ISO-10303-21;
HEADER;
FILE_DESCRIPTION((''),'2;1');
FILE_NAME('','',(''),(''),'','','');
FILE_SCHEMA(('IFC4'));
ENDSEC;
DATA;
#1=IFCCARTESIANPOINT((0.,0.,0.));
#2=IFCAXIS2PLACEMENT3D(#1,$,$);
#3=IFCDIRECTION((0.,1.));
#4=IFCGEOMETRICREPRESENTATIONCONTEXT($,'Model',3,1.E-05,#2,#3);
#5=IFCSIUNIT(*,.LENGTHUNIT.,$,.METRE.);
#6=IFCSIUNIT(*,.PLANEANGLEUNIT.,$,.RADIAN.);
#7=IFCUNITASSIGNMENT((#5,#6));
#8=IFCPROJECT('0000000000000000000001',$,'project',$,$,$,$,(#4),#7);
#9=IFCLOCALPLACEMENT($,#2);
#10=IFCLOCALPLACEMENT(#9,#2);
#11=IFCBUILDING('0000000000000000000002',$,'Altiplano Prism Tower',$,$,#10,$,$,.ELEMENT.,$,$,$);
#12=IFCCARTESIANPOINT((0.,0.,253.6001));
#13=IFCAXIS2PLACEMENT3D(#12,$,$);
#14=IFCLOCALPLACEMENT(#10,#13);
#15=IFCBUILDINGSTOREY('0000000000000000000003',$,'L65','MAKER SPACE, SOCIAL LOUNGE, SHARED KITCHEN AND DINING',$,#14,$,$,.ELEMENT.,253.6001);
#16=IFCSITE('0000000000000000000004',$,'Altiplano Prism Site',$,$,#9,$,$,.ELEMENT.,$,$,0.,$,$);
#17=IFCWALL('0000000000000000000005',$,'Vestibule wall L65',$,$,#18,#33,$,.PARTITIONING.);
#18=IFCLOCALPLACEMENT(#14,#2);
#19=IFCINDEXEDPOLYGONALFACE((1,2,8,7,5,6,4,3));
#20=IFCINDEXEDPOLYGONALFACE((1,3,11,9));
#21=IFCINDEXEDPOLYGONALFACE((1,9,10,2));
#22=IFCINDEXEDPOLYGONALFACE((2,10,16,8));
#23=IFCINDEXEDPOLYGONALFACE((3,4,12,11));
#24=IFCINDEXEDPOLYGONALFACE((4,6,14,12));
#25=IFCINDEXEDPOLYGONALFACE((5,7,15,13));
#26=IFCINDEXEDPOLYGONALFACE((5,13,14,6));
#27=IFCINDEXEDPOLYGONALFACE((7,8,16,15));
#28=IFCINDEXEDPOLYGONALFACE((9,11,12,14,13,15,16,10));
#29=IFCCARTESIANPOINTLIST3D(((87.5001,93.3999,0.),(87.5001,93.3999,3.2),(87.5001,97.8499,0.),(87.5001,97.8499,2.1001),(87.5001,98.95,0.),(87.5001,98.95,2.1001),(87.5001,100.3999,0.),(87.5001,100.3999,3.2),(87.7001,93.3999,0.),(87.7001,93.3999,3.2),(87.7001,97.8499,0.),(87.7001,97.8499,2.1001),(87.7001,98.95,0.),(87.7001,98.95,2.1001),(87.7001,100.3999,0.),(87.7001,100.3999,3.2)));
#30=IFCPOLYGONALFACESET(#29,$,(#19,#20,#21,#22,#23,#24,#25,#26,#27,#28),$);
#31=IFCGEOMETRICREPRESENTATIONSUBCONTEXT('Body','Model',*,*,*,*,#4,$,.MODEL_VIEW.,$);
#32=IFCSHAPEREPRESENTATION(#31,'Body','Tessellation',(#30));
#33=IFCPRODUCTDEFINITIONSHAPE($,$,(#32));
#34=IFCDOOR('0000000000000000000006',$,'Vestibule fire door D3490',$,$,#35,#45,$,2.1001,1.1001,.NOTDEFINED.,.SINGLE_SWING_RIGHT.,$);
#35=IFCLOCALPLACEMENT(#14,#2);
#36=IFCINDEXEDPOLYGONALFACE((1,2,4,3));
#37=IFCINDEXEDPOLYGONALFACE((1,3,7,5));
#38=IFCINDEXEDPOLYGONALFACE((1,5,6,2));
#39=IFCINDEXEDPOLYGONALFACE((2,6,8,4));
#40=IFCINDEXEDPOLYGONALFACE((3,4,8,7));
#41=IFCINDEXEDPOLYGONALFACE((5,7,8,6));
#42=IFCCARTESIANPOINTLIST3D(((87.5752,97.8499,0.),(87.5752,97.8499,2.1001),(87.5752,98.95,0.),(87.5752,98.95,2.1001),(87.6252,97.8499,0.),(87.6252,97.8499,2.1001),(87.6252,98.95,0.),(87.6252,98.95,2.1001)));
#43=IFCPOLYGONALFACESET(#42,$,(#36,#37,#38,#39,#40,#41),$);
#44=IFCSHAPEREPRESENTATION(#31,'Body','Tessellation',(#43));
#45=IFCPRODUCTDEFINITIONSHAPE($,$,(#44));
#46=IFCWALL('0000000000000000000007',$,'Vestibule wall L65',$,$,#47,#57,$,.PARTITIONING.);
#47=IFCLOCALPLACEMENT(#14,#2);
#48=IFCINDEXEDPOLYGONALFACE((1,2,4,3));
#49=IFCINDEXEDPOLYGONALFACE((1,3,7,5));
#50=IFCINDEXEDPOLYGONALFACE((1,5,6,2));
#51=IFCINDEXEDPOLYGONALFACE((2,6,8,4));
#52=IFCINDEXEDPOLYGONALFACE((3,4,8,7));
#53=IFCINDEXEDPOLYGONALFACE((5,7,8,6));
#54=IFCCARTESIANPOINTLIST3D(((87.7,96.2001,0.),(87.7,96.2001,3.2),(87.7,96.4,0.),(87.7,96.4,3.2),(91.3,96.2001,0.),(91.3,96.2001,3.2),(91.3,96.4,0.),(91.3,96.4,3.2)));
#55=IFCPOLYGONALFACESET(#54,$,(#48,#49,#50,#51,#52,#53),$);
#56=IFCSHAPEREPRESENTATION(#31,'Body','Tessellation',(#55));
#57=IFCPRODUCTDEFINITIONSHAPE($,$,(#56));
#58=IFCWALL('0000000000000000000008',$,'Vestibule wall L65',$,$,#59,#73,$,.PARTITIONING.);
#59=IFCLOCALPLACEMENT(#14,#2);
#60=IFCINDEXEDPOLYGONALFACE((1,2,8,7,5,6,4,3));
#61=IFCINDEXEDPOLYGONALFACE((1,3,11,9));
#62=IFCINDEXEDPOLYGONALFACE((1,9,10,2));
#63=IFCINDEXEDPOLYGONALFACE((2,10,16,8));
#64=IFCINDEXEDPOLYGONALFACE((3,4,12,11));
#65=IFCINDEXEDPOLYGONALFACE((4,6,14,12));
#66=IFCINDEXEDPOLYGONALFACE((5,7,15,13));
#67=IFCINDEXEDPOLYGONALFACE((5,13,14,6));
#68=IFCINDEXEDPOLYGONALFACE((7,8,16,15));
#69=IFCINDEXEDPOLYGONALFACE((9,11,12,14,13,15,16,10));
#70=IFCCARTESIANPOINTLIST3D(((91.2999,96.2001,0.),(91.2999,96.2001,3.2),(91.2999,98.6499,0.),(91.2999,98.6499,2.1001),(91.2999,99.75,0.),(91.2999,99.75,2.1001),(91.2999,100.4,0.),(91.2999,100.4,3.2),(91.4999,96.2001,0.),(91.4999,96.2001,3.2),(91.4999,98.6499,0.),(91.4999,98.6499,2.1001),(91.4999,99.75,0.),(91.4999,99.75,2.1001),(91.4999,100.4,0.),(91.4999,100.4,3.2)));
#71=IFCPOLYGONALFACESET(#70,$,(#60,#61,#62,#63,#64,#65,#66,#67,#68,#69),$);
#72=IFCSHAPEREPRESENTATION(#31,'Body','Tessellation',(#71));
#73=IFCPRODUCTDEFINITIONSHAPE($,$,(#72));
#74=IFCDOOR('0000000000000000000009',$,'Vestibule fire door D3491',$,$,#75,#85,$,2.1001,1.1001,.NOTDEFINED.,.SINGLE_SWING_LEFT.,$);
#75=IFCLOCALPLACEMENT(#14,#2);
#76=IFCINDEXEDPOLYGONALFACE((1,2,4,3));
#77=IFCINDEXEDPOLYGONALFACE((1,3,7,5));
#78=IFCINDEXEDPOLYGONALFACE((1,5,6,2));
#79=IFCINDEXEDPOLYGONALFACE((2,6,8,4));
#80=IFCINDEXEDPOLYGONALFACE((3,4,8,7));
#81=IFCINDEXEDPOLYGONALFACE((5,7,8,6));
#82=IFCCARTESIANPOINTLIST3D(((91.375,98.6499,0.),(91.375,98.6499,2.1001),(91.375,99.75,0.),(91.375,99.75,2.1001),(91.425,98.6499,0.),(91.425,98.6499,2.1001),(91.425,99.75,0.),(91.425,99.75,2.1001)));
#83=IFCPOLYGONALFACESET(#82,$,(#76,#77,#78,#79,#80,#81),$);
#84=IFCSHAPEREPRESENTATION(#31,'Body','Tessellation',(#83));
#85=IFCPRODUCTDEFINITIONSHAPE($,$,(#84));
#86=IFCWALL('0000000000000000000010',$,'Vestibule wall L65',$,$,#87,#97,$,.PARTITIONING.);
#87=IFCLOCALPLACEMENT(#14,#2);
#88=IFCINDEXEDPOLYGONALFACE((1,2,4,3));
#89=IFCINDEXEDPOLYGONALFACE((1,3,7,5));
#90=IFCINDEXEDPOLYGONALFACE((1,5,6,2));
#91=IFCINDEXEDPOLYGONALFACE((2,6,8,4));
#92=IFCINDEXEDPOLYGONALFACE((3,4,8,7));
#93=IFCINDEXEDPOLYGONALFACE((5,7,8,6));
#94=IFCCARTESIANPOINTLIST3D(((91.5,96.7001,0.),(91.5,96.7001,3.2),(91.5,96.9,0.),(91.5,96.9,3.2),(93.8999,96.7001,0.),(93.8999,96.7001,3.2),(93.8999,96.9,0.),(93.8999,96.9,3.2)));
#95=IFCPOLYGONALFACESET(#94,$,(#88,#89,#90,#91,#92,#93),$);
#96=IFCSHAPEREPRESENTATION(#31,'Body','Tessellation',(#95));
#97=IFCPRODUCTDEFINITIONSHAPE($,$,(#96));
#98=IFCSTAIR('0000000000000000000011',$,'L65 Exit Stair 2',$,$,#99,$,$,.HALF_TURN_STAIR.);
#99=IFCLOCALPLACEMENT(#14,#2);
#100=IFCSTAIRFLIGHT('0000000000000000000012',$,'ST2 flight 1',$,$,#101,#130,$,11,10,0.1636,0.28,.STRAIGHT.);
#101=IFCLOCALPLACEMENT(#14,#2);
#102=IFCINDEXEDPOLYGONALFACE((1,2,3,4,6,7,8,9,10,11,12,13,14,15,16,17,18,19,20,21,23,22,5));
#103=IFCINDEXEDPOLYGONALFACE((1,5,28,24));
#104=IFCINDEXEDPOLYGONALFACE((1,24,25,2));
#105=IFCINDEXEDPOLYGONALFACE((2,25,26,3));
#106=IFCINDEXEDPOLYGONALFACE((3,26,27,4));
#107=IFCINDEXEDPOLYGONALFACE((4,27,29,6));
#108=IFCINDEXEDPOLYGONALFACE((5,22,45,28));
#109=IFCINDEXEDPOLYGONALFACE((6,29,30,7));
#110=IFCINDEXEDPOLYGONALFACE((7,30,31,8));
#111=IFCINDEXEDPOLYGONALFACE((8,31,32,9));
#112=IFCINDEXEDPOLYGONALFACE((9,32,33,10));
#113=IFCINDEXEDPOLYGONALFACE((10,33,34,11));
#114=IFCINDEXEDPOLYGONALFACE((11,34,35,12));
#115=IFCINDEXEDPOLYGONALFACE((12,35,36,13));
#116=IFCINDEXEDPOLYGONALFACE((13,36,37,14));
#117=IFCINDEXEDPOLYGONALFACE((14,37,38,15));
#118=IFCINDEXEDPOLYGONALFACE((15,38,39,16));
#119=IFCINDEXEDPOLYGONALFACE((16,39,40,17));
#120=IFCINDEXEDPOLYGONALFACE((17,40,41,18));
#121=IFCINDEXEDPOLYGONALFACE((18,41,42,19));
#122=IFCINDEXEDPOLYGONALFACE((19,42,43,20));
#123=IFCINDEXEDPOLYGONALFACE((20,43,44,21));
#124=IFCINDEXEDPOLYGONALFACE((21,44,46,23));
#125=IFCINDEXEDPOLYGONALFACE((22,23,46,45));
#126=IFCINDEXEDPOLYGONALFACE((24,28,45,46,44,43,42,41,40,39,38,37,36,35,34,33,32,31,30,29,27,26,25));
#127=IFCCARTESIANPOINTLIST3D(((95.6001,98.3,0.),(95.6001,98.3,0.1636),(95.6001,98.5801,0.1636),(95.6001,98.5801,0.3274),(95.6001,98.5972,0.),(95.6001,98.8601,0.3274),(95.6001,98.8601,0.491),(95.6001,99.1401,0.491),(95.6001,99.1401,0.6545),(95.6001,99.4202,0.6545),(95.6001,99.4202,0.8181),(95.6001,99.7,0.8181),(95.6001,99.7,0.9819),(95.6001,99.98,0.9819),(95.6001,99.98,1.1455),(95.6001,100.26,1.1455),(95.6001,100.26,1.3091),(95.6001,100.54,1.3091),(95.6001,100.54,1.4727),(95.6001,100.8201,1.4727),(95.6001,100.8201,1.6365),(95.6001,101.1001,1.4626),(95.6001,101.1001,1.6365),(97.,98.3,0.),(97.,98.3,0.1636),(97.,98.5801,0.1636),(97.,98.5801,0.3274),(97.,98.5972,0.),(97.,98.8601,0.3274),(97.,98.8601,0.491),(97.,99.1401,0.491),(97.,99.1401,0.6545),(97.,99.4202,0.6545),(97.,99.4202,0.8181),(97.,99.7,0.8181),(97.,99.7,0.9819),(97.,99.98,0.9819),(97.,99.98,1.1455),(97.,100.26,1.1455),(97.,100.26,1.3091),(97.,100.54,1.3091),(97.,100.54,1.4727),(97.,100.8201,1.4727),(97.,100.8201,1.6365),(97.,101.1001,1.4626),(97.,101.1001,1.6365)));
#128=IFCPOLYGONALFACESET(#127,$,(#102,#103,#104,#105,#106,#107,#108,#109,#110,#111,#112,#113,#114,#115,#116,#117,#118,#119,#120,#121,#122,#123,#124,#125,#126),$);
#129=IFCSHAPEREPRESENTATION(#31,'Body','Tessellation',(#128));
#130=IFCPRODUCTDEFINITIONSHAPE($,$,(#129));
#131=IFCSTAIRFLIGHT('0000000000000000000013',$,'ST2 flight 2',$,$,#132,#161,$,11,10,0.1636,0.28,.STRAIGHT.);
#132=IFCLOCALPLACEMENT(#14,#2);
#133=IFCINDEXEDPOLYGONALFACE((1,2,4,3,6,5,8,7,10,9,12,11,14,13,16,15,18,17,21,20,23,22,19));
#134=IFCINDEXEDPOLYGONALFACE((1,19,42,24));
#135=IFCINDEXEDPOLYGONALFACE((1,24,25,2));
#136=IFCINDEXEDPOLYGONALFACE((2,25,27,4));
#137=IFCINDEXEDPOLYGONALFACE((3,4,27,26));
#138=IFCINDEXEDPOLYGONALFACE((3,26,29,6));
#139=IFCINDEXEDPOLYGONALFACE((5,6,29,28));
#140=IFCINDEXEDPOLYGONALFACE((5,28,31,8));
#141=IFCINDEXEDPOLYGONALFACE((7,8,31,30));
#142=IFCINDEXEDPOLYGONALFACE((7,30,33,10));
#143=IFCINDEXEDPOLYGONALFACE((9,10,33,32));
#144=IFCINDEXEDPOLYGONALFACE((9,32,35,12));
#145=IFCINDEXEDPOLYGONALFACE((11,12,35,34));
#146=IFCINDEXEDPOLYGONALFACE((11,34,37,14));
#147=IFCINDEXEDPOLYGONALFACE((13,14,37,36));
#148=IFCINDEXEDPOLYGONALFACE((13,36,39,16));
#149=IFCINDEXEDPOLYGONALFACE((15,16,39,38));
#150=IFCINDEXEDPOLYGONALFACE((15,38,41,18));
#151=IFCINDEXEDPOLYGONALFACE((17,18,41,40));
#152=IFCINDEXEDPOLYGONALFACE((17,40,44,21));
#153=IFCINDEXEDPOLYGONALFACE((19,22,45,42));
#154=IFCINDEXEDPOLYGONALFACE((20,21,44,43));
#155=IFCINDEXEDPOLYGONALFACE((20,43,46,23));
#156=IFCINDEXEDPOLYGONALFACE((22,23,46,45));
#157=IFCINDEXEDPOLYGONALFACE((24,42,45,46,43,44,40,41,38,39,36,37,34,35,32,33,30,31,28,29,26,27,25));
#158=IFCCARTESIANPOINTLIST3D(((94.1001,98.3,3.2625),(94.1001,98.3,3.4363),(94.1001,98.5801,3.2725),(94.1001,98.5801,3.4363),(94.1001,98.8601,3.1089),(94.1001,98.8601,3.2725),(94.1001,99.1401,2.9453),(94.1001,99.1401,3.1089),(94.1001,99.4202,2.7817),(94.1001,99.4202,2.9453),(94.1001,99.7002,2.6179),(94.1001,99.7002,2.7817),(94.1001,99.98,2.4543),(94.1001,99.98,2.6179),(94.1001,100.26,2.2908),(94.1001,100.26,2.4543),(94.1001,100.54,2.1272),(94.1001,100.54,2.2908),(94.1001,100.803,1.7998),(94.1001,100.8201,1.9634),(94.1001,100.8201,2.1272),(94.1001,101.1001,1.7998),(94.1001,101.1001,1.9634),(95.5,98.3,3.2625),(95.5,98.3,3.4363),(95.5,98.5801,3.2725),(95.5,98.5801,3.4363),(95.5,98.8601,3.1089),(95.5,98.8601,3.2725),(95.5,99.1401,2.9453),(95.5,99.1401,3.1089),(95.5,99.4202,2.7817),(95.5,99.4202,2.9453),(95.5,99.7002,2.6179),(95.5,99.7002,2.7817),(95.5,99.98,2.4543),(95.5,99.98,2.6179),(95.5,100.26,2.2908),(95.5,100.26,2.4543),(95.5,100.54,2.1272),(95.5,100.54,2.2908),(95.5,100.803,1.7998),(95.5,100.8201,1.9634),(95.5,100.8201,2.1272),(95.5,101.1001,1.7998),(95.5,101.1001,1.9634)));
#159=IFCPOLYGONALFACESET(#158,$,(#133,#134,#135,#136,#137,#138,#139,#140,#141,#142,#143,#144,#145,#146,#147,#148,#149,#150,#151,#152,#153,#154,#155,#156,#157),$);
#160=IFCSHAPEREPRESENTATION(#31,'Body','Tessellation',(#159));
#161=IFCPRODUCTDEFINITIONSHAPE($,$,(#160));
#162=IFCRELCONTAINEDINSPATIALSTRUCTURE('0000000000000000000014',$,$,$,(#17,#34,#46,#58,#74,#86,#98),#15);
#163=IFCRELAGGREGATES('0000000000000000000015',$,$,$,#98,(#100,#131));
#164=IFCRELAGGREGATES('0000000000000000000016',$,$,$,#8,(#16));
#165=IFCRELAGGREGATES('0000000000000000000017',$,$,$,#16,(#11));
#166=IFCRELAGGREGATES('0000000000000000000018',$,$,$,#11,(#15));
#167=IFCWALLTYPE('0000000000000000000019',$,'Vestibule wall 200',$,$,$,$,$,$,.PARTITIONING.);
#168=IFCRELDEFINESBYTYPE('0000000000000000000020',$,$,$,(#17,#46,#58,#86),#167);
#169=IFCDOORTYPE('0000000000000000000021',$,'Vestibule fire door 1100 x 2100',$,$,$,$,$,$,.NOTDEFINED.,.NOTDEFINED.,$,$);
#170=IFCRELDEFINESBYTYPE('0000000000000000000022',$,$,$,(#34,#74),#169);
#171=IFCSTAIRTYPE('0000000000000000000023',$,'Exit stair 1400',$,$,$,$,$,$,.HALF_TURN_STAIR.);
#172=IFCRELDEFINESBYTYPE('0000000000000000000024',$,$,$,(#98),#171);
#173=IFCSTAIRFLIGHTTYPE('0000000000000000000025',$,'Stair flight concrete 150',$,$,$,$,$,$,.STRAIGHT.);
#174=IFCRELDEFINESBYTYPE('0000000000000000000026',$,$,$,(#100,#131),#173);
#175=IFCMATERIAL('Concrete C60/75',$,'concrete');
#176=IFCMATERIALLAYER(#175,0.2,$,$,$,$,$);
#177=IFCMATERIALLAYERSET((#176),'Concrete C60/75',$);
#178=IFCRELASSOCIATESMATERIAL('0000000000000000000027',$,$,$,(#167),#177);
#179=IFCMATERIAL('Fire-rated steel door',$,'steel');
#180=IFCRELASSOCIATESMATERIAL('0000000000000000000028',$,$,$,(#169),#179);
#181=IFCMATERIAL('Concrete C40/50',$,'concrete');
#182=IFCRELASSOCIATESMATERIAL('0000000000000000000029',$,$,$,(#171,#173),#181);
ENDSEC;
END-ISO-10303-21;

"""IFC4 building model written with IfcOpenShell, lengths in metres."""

from ifc_helpers import new_model, si_unit, direction, frame, frame_2d, origin, place, context, subcontext, project, spatial, polyline, rectangle, outline, extrude, material, layer, layer_set, type_object, element, fill, aggregate, save


model = new_model("IFC4")

# Units and contexts
model_context = context("Model", 3, precision=1e-05, world=origin(), true_north=direction((0.0, 1.0)))
body_context = subcontext(model_context, "Body", "Model", "MODEL_VIEW")
ifc_project = project(units=[si_unit("LENGTHUNIT", "METRE"), si_unit("PLANEANGLEUNIT", "RADIAN")], contexts=[model_context])

# Site, building, storey
site_placement = place(None, origin())
site = spatial("IfcSite", under=ifc_project, at=site_placement, Name="Altiplano Prism Site", CompositionType="ELEMENT", RefElevation=0.0)
building_placement = place(site_placement, origin())
building = spatial("IfcBuilding", under=site, at=building_placement, Name="Altiplano Prism Tower", CompositionType="ELEMENT")
storey_placement = place(building_placement, frame((0.0, 0.0, 253.6001)))
storey = spatial("IfcBuildingStorey", under=building, at=storey_placement, Name="L65", Description="MAKER SPACE, SOCIAL LOUNGE, SHARED KITCHEN AND DINING", CompositionType="ELEMENT", Elevation=253.6001)

# Shared definitions
ifc_material_1 = material(Name="Concrete C60/75", Category="concrete")

# Shared definitions
ifc_material_2 = material(Name="Fire-rated steel door", Category="steel")

# Shared definitions
ifc_layer_1 = layer(ifc_material_1, 0.2)
ifc_layer_set_1 = layer_set([ifc_layer_1], Name="Concrete C60/75")
wall_type_1 = type_object("IfcWallType", Name="Vestibule wall 200", PredefinedType="PARTITIONING", material=ifc_layer_set_1)

# Wall, opening, door
wall_1_placement = place(storey_placement, frame((87.6001, 93.3999, 0.0), z_axis=(0.0, 0.0, 1.0), x_axis=(0.0, 1.0, 0.0)))
wall_1 = element("IfcWall", 1, at=wall_1_placement, inside=storey, type_object=wall_type_1, Name="Vestibule wall L65", PredefinedType="PARTITIONING", context=body_context, shape_type="SweptSolid", body=[
    extrude(rectangle(XDim=7.0, YDim=0.2, at=frame_2d((3.5, 0.0))), origin(), (0.0, 0.0, 1.0), 3.2),
])
opening_1_placement = place(wall_1_placement, frame((4.45, 0.0, 0.0)))
opening_1 = element("IfcOpeningElement", 2, at=opening_1_placement, cuts=wall_1, PredefinedType="OPENING", context=body_context, shape_type="SweptSolid", body=[
    extrude(rectangle(XDim=1.1001, YDim=2.1001, at=frame_2d((0.55, 1.05))), frame((0.0, 0.1104, 0.0), z_axis=(0.0, -1.0, 0.0), x_axis=(1.0, 0.0, 0.0)), (0.0, 0.0, 1.0), 0.2209),
])
door_type_1 = type_object("IfcDoorType", Name="Vestibule fire door 1100 x 2100", OperationType="NOTDEFINED", PredefinedType="NOTDEFINED", material=ifc_material_2)
door_1_placement = place(opening_1_placement, origin())
door_1 = element("IfcDoor", 3, at=door_1_placement, inside=storey, type_object=door_type_1, Name="Vestibule fire door D3490", OperationType="SINGLE_SWING_RIGHT", OverallHeight=2.1001, OverallWidth=1.1001, PredefinedType="NOTDEFINED", context=body_context, shape_type="SweptSolid", body=[
    extrude(rectangle(XDim=1.1001, YDim=2.1001, at=frame_2d((0.55, 1.05))), frame((0.0, 0.0249, 0.0), z_axis=(0.0, -1.0, 0.0), x_axis=(1.0, 0.0, 0.0)), (0.0, 0.0, 1.0), 0.05),
])
fill(opening_1, door_1)

# Wall
wall_2_placement = place(storey_placement, frame((87.7, 96.3, 0.0), z_axis=(0.0, 0.0, 1.0), x_axis=(1.0, 0.0, 0.0)))
element("IfcWall", 4, at=wall_2_placement, inside=storey, type_object=wall_type_1, Name="Vestibule wall L65", PredefinedType="PARTITIONING", context=body_context, shape_type="SweptSolid", body=[
    extrude(rectangle(XDim=3.6001, YDim=0.2, at=frame_2d((1.8, 0.0))), origin(), (0.0, 0.0, 1.0), 3.2),
])

# Wall, opening, door
wall_3_placement = place(storey_placement, frame((91.3999, 96.2, 0.0), z_axis=(0.0, 0.0, 1.0), x_axis=(0.0, 1.0, 0.0)))
wall_3 = element("IfcWall", 5, at=wall_3_placement, inside=storey, type_object=wall_type_1, Name="Vestibule wall L65", PredefinedType="PARTITIONING", context=body_context, shape_type="SweptSolid", body=[
    extrude(rectangle(XDim=4.2, YDim=0.2, at=frame_2d((2.1001, 0.0))), origin(), (0.0, 0.0, 1.0), 3.2),
])
opening_2_placement = place(wall_3_placement, frame((2.45, 0.0, 0.0)))
opening_2 = element("IfcOpeningElement", 6, at=opening_2_placement, cuts=wall_3, PredefinedType="OPENING", context=body_context, shape_type="SweptSolid", body=[
    extrude(rectangle(XDim=1.1001, YDim=2.1001, at=frame_2d((0.55, 1.05))), frame((0.0, 0.1104, 0.0), z_axis=(0.0, -1.0, 0.0), x_axis=(1.0, 0.0, 0.0)), (0.0, 0.0, 1.0), 0.2209),
])
door_2_placement = place(opening_2_placement, origin())
door_2 = element("IfcDoor", 7, at=door_2_placement, inside=storey, type_object=door_type_1, Name="Vestibule fire door D3491", OperationType="SINGLE_SWING_LEFT", OverallHeight=2.1001, OverallWidth=1.1001, PredefinedType="NOTDEFINED", context=body_context, shape_type="SweptSolid", body=[
    extrude(rectangle(XDim=1.1001, YDim=2.1001, at=frame_2d((0.55, 1.05))), frame((0.0, 0.0249, 0.0), z_axis=(0.0, -1.0, 0.0), x_axis=(1.0, 0.0, 0.0)), (0.0, 0.0, 1.0), 0.05),
])
fill(opening_2, door_2)

# Wall
wall_4_placement = place(storey_placement, frame((91.5, 96.8, 0.0), z_axis=(0.0, 0.0, 1.0), x_axis=(1.0, 0.0, 0.0)))
element("IfcWall", 8, at=wall_4_placement, inside=storey, type_object=wall_type_1, Name="Vestibule wall L65", PredefinedType="PARTITIONING", context=body_context, shape_type="SweptSolid", body=[
    extrude(rectangle(XDim=2.3999, YDim=0.2, at=frame_2d((1.2, 0.0))), origin(), (0.0, 0.0, 1.0), 3.2),
])

# Stair, stair flights
ifc_material_3 = material(Name="Concrete C40/50", Category="concrete")
stair_type = type_object("IfcStairType", Name="Exit stair 1400", PredefinedType="HALF_TURN_STAIR", material=ifc_material_3)
stair_placement = place(storey_placement, origin())
stair = element("IfcStair", 9, at=stair_placement, inside=storey, type_object=stair_type, Name="L65 Exit Stair 2", PredefinedType="HALF_TURN_STAIR")
stair_flight_type = type_object("IfcStairFlightType", Name="Stair flight concrete 150", PredefinedType="STRAIGHT", material=ifc_material_3)
stair_flight_1_placement = place(storey_placement, frame((96.3, 98.3, 0.0), z_axis=(0.0, 0.0, 1.0), x_axis=(0.0, 1.0, 0.0)))
stair_flight_1 = element("IfcStairFlight", 10, at=stair_flight_1_placement, type_object=stair_flight_type, Name="ST2 flight 1", NumberOfRisers=11, NumberOfTreads=10, PredefinedType="STRAIGHT", RiserHeight=0.1636, TreadLength=0.28, context=body_context, shape_type="SweptSolid", body=[
    extrude(outline(polyline([(0.0, 0.0), (0.0, 0.1636), (0.28, 0.1636), (0.28, 0.3274), (0.5601, 0.3274), (0.5601, 0.491), (0.8401, 0.491), (0.8401, 0.6545), (1.1201, 0.6545), (1.1201, 0.8181), (1.3999, 0.8181), (1.3999, 0.9819), (1.6799, 0.9819), (1.6799, 1.1455), (1.96, 1.1455), (1.96, 1.3091), (2.24, 1.3091), (2.24, 1.4727), (2.52, 1.4727), (2.52, 1.6365), (2.8, 1.6365), (2.8, 1.8), (2.8, 1.4626), (0.2971, 0.0), (0.0, 0.0)])), frame((0.0, 0.7, 0.0), z_axis=(0.0, -1.0, 0.0), x_axis=(1.0, 0.0, 0.0)), (0.0, 0.0, 1.0), 1.3999),
])
stair_flight_2_placement = place(storey_placement, frame((94.8, 101.1001, 1.7998), z_axis=(0.0, 0.0, 1.0), x_axis=(0.0, -1.0, 0.0)))
stair_flight_2 = element("IfcStairFlight", 11, at=stair_flight_2_placement, type_object=stair_flight_type, Name="ST2 flight 2", NumberOfRisers=11, NumberOfTreads=10, PredefinedType="STRAIGHT", RiserHeight=0.1636, TreadLength=0.28, context=body_context, shape_type="SweptSolid", body=[
    extrude(outline(polyline([(0.0, 0.0), (0.0, 0.1636), (0.28, 0.1636), (0.28, 0.3274), (0.5601, 0.3274), (0.5601, 0.491), (0.8401, 0.491), (0.8401, 0.6545), (1.1201, 0.6545), (1.1201, 0.8181), (1.3999, 0.8181), (1.3999, 0.9819), (1.6799, 0.9819), (1.6799, 1.1455), (1.96, 1.1455), (1.96, 1.3091), (2.24, 1.3091), (2.24, 1.4727), (2.52, 1.4727), (2.52, 1.6365), (2.8, 1.6365), (2.8, 1.8), (2.8, 1.4626), (0.2971, 0.0), (0.0, 0.0)])), frame((0.0, 0.7, 0.0), z_axis=(0.0, -1.0, 0.0), x_axis=(1.0, 0.0, 0.0)), (0.0, 0.0, 1.0), 1.3999),
])
aggregate(stair, [stair_flight_1, stair_flight_2])

save(model, "model.ifc")
